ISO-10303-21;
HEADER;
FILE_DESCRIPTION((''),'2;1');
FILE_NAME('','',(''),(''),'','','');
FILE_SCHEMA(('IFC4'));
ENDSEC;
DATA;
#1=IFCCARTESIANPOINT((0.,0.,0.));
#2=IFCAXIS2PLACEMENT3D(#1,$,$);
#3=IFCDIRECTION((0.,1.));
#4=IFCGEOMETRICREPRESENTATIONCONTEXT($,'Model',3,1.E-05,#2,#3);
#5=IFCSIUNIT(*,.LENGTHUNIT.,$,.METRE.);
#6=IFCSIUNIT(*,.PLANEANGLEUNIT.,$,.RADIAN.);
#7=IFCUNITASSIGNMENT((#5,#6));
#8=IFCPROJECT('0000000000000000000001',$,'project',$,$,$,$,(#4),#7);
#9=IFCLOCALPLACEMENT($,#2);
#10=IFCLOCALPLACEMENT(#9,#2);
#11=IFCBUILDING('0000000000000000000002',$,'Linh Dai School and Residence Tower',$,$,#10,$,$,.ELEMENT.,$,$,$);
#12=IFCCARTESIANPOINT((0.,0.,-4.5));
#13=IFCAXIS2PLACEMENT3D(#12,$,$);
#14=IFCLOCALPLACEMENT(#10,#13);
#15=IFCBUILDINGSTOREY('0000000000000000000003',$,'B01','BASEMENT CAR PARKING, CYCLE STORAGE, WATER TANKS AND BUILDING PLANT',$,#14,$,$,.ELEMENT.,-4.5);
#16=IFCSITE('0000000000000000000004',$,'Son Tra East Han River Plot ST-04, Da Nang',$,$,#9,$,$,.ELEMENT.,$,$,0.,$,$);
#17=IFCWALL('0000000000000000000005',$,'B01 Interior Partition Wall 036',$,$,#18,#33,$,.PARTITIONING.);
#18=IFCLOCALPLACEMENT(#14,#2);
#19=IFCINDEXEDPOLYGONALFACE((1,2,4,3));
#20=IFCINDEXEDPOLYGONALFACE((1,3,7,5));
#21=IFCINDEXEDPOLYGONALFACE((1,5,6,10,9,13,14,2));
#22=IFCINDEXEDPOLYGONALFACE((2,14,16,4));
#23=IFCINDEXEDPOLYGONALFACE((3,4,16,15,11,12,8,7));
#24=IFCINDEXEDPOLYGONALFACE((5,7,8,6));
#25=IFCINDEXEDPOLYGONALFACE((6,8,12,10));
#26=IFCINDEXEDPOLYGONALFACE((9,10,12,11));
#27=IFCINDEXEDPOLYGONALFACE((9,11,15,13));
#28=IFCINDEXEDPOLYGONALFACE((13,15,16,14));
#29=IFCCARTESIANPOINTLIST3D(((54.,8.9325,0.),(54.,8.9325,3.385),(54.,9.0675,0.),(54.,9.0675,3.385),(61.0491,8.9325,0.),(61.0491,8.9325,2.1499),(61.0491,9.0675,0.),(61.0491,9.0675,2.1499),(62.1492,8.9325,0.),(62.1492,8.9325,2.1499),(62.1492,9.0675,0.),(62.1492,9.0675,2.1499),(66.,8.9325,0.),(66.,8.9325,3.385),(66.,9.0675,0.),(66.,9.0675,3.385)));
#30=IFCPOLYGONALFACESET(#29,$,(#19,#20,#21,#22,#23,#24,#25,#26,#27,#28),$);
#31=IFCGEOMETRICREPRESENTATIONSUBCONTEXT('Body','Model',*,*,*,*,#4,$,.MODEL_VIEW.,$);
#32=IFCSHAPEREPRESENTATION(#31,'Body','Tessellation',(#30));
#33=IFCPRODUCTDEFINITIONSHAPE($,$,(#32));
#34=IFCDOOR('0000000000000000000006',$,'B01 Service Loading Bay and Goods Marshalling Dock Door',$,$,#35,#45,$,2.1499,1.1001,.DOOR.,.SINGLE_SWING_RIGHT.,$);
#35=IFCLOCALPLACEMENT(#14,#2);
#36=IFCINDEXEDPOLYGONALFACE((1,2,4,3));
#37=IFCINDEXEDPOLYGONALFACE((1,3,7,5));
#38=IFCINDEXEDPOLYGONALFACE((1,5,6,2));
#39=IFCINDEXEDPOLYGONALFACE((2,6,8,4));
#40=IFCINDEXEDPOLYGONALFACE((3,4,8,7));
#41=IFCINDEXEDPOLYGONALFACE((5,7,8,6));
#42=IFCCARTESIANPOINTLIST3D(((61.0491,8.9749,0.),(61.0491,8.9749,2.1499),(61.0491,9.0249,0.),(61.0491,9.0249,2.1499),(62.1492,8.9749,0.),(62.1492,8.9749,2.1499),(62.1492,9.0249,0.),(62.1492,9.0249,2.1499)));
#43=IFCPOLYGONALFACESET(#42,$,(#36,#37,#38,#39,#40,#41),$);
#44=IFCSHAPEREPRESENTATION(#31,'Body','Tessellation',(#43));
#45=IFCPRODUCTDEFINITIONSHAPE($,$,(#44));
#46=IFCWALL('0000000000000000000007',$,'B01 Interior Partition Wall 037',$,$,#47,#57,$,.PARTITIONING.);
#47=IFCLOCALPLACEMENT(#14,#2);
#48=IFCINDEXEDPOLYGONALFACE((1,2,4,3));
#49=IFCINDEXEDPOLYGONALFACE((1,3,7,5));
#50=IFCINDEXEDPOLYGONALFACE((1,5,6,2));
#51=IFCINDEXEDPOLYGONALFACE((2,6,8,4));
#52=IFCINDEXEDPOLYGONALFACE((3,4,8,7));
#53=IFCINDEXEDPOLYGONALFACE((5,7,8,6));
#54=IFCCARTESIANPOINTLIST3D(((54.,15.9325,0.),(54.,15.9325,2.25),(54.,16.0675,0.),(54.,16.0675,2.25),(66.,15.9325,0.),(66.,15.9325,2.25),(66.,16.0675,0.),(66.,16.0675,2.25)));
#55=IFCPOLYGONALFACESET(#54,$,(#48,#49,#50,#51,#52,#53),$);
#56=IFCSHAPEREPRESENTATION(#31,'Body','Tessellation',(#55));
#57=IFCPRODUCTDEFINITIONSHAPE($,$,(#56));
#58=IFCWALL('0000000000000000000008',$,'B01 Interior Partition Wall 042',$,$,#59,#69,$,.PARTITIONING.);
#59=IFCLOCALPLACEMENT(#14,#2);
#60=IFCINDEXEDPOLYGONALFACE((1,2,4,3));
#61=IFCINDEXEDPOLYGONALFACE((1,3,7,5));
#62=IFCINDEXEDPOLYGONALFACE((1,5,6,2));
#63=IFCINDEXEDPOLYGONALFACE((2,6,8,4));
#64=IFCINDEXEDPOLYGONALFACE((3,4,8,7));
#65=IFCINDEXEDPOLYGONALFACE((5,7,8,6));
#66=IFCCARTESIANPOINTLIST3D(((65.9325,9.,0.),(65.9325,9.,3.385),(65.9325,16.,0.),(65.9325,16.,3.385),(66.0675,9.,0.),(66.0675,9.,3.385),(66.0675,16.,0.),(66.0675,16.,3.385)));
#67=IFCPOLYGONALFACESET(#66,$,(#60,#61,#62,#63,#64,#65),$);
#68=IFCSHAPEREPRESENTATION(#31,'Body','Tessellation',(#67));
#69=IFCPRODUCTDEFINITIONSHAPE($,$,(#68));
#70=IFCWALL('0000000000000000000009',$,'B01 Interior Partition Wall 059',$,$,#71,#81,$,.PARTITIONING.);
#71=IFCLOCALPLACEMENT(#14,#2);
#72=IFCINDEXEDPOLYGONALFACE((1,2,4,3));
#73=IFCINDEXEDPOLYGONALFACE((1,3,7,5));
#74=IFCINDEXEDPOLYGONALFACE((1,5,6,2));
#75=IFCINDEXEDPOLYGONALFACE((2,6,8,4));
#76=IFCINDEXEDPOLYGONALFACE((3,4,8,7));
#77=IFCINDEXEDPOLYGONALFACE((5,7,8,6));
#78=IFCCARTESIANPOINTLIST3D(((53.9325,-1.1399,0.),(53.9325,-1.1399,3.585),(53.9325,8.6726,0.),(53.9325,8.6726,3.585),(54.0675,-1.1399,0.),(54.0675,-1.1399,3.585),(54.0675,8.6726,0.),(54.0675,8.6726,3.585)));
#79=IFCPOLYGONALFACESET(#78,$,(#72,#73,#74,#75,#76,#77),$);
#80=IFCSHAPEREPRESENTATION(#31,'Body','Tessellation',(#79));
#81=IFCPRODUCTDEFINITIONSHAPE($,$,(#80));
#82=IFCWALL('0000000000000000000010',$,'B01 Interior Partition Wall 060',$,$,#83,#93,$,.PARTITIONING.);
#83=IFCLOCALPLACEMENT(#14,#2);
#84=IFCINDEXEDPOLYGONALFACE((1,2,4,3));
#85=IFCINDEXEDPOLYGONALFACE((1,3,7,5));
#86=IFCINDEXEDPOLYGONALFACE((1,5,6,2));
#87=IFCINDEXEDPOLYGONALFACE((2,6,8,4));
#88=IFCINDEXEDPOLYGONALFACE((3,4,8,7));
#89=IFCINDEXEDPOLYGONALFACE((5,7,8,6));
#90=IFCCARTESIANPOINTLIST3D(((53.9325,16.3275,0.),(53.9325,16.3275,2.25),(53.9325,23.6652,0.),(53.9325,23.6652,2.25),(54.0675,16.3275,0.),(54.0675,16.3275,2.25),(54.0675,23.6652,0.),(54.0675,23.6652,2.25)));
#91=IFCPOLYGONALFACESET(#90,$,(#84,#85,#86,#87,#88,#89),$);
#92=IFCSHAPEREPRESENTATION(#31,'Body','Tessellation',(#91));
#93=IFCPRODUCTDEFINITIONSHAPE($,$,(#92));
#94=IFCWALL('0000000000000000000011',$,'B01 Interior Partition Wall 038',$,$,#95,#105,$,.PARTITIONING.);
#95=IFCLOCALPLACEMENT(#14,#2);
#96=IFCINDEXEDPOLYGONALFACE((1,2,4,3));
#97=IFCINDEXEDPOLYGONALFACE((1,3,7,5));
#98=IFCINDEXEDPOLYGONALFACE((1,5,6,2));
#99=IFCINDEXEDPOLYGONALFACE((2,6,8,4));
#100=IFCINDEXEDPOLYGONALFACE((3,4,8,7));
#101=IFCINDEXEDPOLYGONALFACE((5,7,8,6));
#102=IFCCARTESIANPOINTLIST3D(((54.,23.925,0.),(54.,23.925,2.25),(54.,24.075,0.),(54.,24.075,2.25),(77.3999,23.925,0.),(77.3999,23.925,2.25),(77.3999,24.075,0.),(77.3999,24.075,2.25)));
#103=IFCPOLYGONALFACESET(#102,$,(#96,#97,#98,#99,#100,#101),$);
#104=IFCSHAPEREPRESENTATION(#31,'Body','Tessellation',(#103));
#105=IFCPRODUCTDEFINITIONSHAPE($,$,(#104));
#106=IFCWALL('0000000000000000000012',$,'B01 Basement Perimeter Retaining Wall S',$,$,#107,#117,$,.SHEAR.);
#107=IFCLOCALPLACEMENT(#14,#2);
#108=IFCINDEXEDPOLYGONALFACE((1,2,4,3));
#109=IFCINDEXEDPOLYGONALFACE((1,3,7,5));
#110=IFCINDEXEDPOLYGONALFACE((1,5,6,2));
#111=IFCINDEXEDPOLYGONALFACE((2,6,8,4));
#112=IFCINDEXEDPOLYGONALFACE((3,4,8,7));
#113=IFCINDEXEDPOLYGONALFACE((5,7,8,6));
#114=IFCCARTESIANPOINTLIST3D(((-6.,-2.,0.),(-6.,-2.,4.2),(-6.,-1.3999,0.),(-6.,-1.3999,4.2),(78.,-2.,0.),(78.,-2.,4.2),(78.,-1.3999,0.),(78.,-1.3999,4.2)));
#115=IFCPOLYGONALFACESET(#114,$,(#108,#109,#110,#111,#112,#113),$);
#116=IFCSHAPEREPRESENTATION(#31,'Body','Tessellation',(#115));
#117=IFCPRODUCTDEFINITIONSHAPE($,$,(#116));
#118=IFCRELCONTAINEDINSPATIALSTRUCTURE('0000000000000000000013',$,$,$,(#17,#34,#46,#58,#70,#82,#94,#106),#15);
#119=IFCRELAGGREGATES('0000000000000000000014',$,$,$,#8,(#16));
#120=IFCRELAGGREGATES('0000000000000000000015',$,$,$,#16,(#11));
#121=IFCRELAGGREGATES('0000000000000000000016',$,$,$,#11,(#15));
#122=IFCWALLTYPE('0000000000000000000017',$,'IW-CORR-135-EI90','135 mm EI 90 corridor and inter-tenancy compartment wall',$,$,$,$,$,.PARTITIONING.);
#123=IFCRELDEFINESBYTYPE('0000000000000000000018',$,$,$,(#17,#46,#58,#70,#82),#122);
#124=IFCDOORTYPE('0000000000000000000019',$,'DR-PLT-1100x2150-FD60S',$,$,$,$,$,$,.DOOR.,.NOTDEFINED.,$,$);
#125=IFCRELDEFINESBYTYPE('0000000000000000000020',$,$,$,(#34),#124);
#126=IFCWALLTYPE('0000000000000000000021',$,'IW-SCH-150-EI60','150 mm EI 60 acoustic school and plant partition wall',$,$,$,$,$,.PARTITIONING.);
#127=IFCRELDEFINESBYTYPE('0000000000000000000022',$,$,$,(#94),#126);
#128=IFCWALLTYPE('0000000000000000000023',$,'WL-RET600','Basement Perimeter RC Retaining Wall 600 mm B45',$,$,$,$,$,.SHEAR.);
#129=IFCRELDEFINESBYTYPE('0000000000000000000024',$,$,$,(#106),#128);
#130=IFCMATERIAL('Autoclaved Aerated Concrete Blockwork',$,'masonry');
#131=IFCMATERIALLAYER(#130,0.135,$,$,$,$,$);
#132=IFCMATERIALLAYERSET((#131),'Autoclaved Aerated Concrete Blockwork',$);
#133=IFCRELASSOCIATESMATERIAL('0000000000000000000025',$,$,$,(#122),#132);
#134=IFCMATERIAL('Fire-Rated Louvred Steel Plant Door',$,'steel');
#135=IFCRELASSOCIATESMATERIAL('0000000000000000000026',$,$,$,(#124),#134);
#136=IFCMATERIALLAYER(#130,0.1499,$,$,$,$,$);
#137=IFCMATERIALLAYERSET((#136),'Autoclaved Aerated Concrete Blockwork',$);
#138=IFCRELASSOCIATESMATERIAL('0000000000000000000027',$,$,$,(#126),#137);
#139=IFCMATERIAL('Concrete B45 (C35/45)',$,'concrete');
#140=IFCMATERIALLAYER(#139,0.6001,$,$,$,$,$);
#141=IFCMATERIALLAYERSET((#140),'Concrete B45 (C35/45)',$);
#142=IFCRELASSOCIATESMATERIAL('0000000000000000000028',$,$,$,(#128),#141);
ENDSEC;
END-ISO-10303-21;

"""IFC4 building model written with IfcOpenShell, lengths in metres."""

from ifc_helpers import new_model, si_unit, direction, frame, frame_2d, origin, origin_2d, place, context, subcontext, project, spatial, rectangle, extrude, source, transform, mapped, material, layer, layer_set, type_object, element, fill, save


model = new_model("IFC4")

# Units and contexts
model_context = context("Model", 3, precision=1e-05, world=origin(), true_north=direction((0.0, 1.0)))
body_context = subcontext(model_context, "Body", "Model", "MODEL_VIEW")
ifc_project = project(units=[si_unit("LENGTHUNIT", "METRE"), si_unit("PLANEANGLEUNIT", "RADIAN")], contexts=[model_context])

# Site, building, storey
site_placement = place(None, origin())
site = spatial("IfcSite", under=ifc_project, at=site_placement, Name="Son Tra East Han River Plot ST-04, Da Nang", CompositionType="ELEMENT", RefElevation=0.0)
building_placement = place(site_placement, origin())
building = spatial("IfcBuilding", under=site, at=building_placement, Name="Linh Dai School and Residence Tower", CompositionType="ELEMENT")
storey_placement = place(building_placement, frame((0.0, 0.0, -4.5)))
storey = spatial("IfcBuildingStorey", under=building, at=storey_placement, Name="B01", Description="BASEMENT CAR PARKING, CYCLE STORAGE, WATER TANKS AND BUILDING PLANT", CompositionType="ELEMENT", Elevation=-4.5)

# Wall, opening, door
ifc_material_1 = material(Name="Autoclaved Aerated Concrete Blockwork", Category="masonry")
ifc_layer_1 = layer(ifc_material_1, 0.135)
ifc_layer_set_1 = layer_set([ifc_layer_1], Name="Autoclaved Aerated Concrete Blockwork")
wall_type_1 = type_object("IfcWallType", Name="IW-CORR-135-EI90", Description="135 mm EI 90 corridor and inter-tenancy compartment wall", PredefinedType="PARTITIONING", material=ifc_layer_set_1)
wall_1_placement = place(storey_placement, frame((54.0, 9.0, 0.0), z_axis=(0.0, 0.0, 1.0), x_axis=(1.0, 0.0, 0.0)))
wall_1 = element("IfcWall", 1, at=wall_1_placement, inside=storey, type_object=wall_type_1, Name="B01 Interior Partition Wall 036", PredefinedType="PARTITIONING", context=body_context, shape_type="SweptSolid", body=[
    extrude(rectangle(XDim=12.0, YDim=0.135, at=frame_2d((6.0, 0.0))), origin(), (0.0, 0.0, 1.0), 3.385),
])
opening_placement = place(wall_1_placement, frame((7.0491, 0.0, 0.0)))
opening = element("IfcOpeningElement", 2, at=opening_placement, cuts=wall_1, PredefinedType="OPENING", context=body_context, shape_type="SweptSolid", body=[
    extrude(rectangle(XDim=1.1001, YDim=2.1499, at=origin_2d()), frame((0.55, 0.0776, 1.075), z_axis=(0.0, -1.0, 0.0), x_axis=(1.0, 0.0, 0.0)), (0.0, 0.0, 1.0), 0.155),
])
ifc_material_2 = material(Name="Fire-Rated Louvred Steel Plant Door", Category="steel")
door_type = type_object("IfcDoorType", Name="DR-PLT-1100x2150-FD60S", OperationType="NOTDEFINED", PredefinedType="DOOR", material=ifc_material_2)
shared_shape_1 = source(origin(), body_context, "Body", "SweptSolid", [
    extrude(rectangle(XDim=1.1001, YDim=2.1499, at=origin_2d()), frame((0.55, 0.0249, 1.075), z_axis=(0.0, -1.0, 0.0), x_axis=(1.0, 0.0, 0.0)), (0.0, 0.0, 1.0), 0.05),
])
door_placement = place(opening_placement, origin())
door = element("IfcDoor", 3, at=door_placement, inside=storey, type_object=door_type, Name="B01 Service Loading Bay and Goods Marshalling Dock Door", OperationType="SINGLE_SWING_RIGHT", OverallHeight=2.1499, OverallWidth=1.1001, PredefinedType="DOOR", context=body_context, shape_type="MappedRepresentation", body=[
    mapped(shared_shape_1, transform((0.0, 0.0, 0.0), x_axis=(1.0, 0.0, 0.0), y_axis=(0.0, 1.0, 0.0), z_axis=(0.0, 0.0, 1.0), scale=1.0)),
])
fill(opening, door)

# Walls
wall_2_placement = place(storey_placement, frame((54.0, 16.0, 0.0), z_axis=(0.0, 0.0, 1.0), x_axis=(1.0, 0.0, 0.0)))
element("IfcWall", 4, at=wall_2_placement, inside=storey, type_object=wall_type_1, Name="B01 Interior Partition Wall 037", PredefinedType="PARTITIONING", context=body_context, shape_type="SweptSolid", body=[
    extrude(rectangle(XDim=12.0, YDim=0.135, at=frame_2d((6.0, 0.0))), origin(), (0.0, 0.0, 1.0), 2.25),
])
wall_3_placement = place(storey_placement, frame((66.0, 9.0, 0.0), z_axis=(0.0, 0.0, 1.0), x_axis=(0.0, 1.0, 0.0)))
element("IfcWall", 5, at=wall_3_placement, inside=storey, type_object=wall_type_1, Name="B01 Interior Partition Wall 042", PredefinedType="PARTITIONING", context=body_context, shape_type="SweptSolid", body=[
    extrude(rectangle(XDim=7.0, YDim=0.135, at=frame_2d((3.5, 0.0))), origin(), (0.0, 0.0, 1.0), 3.385),
])
wall_4_placement = place(storey_placement, frame((54.0, -1.1399, 0.0), z_axis=(0.0, 0.0, 1.0), x_axis=(0.0, 1.0, 0.0)))
element("IfcWall", 6, at=wall_4_placement, inside=storey, type_object=wall_type_1, Name="B01 Interior Partition Wall 059", PredefinedType="PARTITIONING", context=body_context, shape_type="SweptSolid", body=[
    extrude(rectangle(XDim=9.8125, YDim=0.135, at=frame_2d((4.9062, 0.0))), origin(), (0.0, 0.0, 1.0), 3.585),
])
wall_5_placement = place(storey_placement, frame((54.0, 16.3274, 0.0), z_axis=(0.0, 0.0, 1.0), x_axis=(0.0, 1.0, 0.0)))
element("IfcWall", 7, at=wall_5_placement, inside=storey, type_object=wall_type_1, Name="B01 Interior Partition Wall 060", PredefinedType="PARTITIONING", context=body_context, shape_type="SweptSolid", body=[
    extrude(rectangle(XDim=7.3376, YDim=0.135, at=frame_2d((3.6689, 0.0))), origin(), (0.0, 0.0, 1.0), 2.25),
])
ifc_layer_2 = layer(ifc_material_1, 0.1499)
ifc_layer_set_2 = layer_set([ifc_layer_2], Name="Autoclaved Aerated Concrete Blockwork")
wall_type_2 = type_object("IfcWallType", Name="IW-SCH-150-EI60", Description="150 mm EI 60 acoustic school and plant partition wall", PredefinedType="PARTITIONING", material=ifc_layer_set_2)
wall_6_placement = place(storey_placement, frame((54.0, 24.0, 0.0), z_axis=(0.0, 0.0, 1.0), x_axis=(1.0, 0.0, 0.0)))
element("IfcWall", 8, at=wall_6_placement, inside=storey, type_object=wall_type_2, Name="B01 Interior Partition Wall 038", PredefinedType="PARTITIONING", context=body_context, shape_type="SweptSolid", body=[
    extrude(rectangle(XDim=23.3999, YDim=0.1499, at=frame_2d((11.7, 0.0))), origin(), (0.0, 0.0, 1.0), 2.25),
])
ifc_material_3 = material(Name="Concrete B45 (C35/45)", Category="concrete")
ifc_layer_3 = layer(ifc_material_3, 0.6001)
ifc_layer_set_3 = layer_set([ifc_layer_3], Name="Concrete B45 (C35/45)")
wall_type_3 = type_object("IfcWallType", Name="WL-RET600", Description="Basement Perimeter RC Retaining Wall 600 mm B45", PredefinedType="SHEAR", material=ifc_layer_set_3)
wall_7_placement = place(storey_placement, frame((78.0, -1.7, 0.0), z_axis=(0.0, 0.0, 1.0), x_axis=(-1.0, 0.0, 0.0)))
element("IfcWall", 9, at=wall_7_placement, inside=storey, type_object=wall_type_3, Name="B01 Basement Perimeter Retaining Wall S", PredefinedType="SHEAR", context=body_context, shape_type="SweptSolid", body=[
    extrude(rectangle(XDim=84.0, YDim=0.6001, at=frame_2d((42.0, 0.0))), origin(), (0.0, 0.0, 1.0), 4.2),
])

save(model, "model.ifc")
